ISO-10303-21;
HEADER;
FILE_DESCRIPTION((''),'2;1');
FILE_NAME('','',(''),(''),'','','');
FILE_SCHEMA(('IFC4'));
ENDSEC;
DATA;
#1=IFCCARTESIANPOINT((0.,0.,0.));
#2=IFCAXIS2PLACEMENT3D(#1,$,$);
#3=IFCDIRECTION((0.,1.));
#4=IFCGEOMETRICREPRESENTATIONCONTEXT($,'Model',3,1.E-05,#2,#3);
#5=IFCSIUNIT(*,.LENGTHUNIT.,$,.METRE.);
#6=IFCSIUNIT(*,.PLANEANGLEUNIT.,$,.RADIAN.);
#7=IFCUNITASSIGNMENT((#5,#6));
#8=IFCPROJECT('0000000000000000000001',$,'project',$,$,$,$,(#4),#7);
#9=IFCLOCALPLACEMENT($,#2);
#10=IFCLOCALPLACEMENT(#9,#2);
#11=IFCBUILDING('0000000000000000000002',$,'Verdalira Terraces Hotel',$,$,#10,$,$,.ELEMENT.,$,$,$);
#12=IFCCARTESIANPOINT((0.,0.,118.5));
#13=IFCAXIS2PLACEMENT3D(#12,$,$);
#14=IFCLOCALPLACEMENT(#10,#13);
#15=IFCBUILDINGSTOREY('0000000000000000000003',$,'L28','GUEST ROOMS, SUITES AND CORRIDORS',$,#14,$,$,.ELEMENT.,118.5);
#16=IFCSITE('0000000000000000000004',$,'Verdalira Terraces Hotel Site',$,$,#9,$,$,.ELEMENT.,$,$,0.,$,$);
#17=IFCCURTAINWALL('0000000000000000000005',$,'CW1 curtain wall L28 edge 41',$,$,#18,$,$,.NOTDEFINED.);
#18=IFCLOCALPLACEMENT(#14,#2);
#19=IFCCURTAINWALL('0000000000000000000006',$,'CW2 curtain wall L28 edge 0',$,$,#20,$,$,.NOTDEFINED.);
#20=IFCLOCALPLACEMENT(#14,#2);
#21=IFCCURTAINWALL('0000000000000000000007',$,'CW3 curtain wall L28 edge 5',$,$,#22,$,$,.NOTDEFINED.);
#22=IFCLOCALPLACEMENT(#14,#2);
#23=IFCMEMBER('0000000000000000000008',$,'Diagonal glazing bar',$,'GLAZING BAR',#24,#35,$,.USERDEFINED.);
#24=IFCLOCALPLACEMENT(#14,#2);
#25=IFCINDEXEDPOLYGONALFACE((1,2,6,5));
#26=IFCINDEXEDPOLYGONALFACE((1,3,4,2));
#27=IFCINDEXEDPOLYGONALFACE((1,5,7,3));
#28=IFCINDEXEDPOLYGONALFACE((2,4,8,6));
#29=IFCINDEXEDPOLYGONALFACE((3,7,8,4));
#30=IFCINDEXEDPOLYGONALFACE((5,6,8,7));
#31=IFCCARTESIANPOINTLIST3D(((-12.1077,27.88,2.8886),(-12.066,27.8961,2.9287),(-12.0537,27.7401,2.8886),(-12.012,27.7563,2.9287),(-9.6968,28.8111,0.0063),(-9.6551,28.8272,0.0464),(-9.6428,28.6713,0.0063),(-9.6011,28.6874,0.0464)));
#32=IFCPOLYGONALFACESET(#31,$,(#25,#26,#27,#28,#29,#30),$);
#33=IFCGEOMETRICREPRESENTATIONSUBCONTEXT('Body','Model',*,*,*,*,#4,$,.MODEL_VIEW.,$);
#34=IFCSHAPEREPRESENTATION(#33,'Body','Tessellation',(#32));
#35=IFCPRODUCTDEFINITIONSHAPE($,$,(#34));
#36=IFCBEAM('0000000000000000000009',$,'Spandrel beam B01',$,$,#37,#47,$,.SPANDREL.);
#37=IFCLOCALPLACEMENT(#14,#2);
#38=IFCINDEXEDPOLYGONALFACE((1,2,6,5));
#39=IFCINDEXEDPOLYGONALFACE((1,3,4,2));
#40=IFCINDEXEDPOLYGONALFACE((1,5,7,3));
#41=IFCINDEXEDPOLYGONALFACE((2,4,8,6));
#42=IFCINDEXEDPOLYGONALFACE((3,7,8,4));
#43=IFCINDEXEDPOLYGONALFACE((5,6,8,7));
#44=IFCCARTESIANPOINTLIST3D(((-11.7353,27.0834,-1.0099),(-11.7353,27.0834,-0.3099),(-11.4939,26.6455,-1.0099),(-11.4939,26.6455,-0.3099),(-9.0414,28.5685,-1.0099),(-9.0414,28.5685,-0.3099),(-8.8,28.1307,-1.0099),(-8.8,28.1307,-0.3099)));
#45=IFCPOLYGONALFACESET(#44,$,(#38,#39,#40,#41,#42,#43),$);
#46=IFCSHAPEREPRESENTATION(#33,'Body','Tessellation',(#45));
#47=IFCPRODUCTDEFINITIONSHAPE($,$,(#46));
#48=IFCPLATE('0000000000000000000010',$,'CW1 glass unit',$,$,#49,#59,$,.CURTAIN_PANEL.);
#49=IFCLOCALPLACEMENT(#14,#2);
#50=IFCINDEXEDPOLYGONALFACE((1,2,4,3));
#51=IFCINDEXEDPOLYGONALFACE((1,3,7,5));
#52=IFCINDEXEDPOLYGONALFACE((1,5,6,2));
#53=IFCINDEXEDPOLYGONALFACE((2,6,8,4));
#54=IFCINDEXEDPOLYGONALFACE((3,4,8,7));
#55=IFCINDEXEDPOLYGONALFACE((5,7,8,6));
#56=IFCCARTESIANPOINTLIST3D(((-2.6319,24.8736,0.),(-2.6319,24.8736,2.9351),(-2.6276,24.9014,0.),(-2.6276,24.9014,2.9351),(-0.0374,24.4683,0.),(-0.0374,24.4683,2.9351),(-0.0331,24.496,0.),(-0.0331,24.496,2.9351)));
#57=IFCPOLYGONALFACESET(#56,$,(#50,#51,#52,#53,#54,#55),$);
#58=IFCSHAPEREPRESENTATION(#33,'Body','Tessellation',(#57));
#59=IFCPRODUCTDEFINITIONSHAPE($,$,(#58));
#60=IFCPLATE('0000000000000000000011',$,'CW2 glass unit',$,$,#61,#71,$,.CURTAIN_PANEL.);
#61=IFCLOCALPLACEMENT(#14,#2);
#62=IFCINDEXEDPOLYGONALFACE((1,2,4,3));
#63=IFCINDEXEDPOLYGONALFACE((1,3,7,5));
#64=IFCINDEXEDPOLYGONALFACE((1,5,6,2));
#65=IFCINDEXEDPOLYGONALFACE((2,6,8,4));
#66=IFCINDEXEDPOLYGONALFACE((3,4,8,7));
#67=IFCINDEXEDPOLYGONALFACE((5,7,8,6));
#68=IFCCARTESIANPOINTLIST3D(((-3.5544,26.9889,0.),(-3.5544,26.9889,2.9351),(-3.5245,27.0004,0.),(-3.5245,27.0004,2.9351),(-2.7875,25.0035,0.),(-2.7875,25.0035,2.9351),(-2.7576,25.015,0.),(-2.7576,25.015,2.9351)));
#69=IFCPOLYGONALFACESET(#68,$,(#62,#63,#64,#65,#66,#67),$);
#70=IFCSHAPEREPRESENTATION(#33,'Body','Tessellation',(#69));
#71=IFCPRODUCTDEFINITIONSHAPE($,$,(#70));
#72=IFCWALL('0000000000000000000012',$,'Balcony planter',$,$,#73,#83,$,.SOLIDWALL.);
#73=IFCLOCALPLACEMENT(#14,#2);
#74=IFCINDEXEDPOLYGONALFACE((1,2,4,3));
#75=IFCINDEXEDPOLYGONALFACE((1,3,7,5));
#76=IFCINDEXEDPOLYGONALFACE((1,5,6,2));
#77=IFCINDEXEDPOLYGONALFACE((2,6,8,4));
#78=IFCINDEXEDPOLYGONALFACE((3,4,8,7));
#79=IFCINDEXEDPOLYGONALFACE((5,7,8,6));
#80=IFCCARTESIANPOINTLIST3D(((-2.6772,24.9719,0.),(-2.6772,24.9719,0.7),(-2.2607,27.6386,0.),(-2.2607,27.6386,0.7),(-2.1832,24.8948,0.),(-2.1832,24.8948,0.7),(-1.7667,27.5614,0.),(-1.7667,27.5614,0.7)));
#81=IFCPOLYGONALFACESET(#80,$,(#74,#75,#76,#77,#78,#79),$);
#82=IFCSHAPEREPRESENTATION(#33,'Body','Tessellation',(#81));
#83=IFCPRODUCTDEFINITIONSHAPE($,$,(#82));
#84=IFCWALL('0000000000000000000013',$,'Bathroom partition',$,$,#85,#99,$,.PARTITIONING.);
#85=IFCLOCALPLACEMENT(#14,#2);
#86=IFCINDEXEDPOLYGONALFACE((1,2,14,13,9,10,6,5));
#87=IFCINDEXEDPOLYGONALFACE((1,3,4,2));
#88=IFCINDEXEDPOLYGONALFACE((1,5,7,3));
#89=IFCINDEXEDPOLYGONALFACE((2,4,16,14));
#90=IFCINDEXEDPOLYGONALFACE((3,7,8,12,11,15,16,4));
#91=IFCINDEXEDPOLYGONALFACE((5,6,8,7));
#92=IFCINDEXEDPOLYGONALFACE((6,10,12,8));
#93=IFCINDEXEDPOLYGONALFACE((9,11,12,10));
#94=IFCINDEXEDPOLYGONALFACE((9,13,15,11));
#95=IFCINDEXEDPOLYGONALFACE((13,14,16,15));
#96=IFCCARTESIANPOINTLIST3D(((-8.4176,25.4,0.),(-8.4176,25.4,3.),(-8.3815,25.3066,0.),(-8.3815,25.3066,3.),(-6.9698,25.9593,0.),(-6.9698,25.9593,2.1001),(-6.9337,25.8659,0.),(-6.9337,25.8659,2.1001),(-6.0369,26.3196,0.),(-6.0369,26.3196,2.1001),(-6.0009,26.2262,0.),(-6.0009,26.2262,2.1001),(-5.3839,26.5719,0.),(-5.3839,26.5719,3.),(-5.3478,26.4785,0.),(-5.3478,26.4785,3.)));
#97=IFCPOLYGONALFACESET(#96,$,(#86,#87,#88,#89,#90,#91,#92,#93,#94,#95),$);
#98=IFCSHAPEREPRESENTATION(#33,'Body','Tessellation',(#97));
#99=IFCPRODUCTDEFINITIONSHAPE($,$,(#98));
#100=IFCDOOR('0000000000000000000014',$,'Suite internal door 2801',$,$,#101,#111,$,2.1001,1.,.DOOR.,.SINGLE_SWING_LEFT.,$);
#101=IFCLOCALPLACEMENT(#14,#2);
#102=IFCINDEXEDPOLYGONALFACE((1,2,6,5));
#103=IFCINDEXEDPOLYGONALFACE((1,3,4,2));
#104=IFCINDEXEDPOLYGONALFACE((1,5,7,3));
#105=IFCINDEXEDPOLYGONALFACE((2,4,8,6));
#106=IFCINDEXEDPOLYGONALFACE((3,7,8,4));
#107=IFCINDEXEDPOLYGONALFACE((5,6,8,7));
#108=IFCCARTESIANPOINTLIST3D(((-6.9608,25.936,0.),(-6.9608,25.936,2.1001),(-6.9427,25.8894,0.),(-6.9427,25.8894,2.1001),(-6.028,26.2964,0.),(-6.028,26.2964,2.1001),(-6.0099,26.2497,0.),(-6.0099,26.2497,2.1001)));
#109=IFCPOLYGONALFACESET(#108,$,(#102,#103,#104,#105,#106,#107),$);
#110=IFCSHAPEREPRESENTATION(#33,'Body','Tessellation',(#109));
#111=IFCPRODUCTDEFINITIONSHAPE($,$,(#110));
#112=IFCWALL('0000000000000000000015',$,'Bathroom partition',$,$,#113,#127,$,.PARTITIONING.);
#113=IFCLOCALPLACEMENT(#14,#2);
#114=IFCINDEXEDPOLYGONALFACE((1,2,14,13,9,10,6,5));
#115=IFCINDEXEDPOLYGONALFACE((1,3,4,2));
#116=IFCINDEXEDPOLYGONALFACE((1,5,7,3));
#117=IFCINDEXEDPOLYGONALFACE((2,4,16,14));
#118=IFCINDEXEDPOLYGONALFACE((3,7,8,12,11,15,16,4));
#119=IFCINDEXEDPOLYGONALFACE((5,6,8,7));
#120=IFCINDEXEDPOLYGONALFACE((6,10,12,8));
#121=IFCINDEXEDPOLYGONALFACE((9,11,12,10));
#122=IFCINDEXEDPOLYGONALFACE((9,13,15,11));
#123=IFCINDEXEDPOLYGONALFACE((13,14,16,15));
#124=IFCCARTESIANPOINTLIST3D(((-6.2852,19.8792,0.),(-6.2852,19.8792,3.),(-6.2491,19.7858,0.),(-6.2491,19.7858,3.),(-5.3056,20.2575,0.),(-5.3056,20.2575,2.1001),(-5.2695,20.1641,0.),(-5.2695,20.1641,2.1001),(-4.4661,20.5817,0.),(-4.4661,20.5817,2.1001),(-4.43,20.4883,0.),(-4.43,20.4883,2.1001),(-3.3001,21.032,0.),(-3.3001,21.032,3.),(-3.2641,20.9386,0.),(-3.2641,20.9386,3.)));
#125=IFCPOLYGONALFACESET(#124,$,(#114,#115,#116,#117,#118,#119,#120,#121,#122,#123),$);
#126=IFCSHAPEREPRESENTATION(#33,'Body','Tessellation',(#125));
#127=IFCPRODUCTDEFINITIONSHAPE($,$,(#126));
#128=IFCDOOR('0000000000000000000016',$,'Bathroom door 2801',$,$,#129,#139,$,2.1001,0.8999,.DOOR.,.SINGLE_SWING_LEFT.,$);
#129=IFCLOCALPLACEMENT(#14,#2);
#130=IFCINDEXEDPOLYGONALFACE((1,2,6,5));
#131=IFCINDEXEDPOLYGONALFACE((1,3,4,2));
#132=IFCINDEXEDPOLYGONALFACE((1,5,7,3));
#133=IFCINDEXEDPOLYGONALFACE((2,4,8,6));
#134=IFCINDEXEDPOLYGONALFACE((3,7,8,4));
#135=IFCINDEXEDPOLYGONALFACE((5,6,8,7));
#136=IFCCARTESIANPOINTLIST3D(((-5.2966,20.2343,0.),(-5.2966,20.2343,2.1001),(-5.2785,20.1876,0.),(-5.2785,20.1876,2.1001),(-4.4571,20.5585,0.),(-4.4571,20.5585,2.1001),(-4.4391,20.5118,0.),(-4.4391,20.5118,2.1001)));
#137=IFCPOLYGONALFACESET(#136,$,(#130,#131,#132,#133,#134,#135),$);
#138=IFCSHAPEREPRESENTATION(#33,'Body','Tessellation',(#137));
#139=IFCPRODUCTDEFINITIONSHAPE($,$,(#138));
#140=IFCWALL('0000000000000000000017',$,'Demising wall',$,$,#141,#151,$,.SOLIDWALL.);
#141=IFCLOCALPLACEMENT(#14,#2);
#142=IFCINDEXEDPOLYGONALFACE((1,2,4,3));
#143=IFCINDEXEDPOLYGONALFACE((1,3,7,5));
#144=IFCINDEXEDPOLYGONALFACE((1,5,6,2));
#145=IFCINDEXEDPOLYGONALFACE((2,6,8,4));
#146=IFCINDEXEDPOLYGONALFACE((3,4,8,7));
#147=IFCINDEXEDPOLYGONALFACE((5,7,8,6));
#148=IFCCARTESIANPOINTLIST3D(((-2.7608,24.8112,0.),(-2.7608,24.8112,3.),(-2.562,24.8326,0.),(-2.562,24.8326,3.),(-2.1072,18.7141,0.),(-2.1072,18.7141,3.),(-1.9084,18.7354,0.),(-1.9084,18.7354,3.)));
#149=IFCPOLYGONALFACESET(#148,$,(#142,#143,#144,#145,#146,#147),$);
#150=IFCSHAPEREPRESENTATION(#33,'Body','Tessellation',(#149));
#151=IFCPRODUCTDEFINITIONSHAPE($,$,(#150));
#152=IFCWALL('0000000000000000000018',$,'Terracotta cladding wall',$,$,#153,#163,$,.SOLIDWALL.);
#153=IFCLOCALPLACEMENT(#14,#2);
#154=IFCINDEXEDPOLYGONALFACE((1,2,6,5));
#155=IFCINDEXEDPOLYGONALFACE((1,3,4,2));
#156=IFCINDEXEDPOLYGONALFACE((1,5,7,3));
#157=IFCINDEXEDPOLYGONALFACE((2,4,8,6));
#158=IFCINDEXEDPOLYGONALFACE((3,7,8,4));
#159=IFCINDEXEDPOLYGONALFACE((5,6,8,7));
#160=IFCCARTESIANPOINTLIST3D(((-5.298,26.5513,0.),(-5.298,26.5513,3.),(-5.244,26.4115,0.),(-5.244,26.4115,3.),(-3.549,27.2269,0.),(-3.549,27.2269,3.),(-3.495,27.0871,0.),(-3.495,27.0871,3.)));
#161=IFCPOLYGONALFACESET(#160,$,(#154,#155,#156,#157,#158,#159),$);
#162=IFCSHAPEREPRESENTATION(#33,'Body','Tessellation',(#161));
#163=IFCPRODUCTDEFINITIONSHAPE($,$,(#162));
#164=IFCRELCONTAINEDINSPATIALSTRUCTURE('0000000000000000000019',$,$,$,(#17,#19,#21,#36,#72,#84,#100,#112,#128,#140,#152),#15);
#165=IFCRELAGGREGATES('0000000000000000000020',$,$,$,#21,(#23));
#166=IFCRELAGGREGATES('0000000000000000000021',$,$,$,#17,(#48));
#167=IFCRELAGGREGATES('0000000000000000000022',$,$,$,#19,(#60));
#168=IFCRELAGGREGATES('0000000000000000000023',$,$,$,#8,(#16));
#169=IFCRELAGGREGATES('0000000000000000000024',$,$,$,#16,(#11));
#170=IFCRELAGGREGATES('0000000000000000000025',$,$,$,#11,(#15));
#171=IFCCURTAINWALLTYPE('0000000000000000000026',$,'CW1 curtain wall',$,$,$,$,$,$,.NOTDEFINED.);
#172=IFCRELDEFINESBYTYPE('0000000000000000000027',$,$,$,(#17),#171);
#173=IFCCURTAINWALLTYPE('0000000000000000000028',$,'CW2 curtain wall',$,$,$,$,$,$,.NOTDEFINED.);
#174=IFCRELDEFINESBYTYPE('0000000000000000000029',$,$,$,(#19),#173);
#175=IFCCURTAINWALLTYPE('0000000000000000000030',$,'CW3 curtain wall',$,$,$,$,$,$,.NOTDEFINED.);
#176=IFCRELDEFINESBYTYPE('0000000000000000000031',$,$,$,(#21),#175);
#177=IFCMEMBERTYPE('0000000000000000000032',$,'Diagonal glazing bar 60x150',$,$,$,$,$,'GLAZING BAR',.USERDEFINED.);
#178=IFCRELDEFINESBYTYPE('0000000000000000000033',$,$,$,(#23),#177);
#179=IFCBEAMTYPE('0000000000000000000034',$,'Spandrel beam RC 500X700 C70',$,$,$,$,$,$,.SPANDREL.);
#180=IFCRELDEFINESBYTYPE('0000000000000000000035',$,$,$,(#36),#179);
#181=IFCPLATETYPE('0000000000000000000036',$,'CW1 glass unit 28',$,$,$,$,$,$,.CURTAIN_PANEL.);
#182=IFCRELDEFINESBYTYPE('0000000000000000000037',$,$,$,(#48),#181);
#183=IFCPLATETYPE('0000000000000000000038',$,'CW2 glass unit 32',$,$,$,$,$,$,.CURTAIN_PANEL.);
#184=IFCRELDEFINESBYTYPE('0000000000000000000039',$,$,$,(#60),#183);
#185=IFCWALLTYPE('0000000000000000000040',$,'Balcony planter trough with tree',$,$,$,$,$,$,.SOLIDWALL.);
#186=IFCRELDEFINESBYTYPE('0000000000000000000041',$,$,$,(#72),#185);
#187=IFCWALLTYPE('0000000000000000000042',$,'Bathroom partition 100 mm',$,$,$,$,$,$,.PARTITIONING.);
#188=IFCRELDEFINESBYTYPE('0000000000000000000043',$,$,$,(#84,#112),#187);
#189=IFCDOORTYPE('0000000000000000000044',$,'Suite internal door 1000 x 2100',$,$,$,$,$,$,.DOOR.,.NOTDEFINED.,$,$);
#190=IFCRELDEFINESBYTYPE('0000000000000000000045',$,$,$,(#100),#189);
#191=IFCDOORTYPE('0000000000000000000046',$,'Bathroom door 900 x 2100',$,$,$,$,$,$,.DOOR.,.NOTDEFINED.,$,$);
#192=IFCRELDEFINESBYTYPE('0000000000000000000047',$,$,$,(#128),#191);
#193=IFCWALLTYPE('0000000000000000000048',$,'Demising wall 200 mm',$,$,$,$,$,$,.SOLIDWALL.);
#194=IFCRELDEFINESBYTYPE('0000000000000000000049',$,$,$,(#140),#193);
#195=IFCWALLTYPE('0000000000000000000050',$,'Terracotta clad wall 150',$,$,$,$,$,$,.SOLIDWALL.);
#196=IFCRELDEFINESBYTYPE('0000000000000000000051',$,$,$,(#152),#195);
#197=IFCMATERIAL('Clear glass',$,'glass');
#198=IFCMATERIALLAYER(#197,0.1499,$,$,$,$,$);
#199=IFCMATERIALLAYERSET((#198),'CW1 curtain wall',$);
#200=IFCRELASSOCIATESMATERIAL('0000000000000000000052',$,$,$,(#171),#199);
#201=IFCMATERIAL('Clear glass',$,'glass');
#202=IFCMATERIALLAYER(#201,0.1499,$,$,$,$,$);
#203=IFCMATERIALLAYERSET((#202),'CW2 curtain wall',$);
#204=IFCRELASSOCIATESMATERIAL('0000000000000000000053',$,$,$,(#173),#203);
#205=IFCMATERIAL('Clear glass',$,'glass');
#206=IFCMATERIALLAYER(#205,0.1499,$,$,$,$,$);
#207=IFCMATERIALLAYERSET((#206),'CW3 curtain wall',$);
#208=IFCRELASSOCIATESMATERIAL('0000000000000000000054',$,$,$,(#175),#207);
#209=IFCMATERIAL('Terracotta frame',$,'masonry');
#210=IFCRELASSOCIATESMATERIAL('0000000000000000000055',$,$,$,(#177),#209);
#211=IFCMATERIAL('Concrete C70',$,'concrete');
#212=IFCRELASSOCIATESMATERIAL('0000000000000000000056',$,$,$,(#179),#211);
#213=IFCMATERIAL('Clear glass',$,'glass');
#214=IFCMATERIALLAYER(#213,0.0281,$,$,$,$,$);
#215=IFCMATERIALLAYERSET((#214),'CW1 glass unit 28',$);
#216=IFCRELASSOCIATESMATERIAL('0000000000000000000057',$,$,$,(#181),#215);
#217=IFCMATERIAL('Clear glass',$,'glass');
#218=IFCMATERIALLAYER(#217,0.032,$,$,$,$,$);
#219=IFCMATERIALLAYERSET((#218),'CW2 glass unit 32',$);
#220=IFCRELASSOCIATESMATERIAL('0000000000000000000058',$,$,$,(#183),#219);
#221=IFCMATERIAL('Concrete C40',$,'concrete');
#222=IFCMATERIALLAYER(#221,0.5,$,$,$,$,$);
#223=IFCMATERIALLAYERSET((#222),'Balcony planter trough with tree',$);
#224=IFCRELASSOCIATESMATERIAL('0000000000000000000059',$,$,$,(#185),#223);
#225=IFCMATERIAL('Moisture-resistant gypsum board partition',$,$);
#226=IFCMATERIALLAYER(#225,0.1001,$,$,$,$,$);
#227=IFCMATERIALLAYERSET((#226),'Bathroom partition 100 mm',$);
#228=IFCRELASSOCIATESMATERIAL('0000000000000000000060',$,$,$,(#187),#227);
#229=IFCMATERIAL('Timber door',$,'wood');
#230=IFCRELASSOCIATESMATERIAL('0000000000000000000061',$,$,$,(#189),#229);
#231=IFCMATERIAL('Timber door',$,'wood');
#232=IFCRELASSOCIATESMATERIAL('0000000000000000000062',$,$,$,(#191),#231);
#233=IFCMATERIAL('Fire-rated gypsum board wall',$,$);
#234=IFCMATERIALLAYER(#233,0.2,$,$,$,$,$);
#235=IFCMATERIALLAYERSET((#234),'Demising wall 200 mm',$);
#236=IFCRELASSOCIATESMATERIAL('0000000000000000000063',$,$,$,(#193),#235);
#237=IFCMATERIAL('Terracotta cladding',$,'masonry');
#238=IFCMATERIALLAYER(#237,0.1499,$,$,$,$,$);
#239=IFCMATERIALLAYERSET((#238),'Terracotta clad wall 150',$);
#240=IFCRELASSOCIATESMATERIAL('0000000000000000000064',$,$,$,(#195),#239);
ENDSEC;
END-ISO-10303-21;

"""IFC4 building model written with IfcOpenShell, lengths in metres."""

from ifc_helpers import new_model, si_unit, direction, frame, frame_2d, origin, origin_2d, place, context, subcontext, project, spatial, rectangle, extrude, material, layer, layer_set, material_profile, profile_set, type_object, element, fill, aggregate, save


model = new_model("IFC4")

# Units and contexts
model_context = context("Model", 3, precision=1e-05, world=origin(), true_north=direction((0.0, 1.0)))
body_context = subcontext(model_context, "Body", "Model", "MODEL_VIEW")
ifc_project = project(units=[si_unit("LENGTHUNIT", "METRE"), si_unit("PLANEANGLEUNIT", "RADIAN")], contexts=[model_context])

# Site, building, storey
site_placement = place(None, origin())
site = spatial("IfcSite", under=ifc_project, at=site_placement, Name="Verdalira Terraces Hotel Site", CompositionType="ELEMENT", RefElevation=0.0)
building_placement = place(site_placement, origin())
building = spatial("IfcBuilding", under=site, at=building_placement, Name="Verdalira Terraces Hotel", CompositionType="ELEMENT")
storey_placement = place(building_placement, frame((0.0, 0.0, 118.5)))
storey = spatial("IfcBuildingStorey", under=building, at=storey_placement, Name="L28", Description="GUEST ROOMS, SUITES AND CORRIDORS", CompositionType="ELEMENT", Elevation=118.5)

# Curtain wall
ifc_material_1 = material(Name="Clear glass", Category="glass")
ifc_layer_1 = layer(ifc_material_1, 0.1499)
ifc_layer_set_1 = layer_set([ifc_layer_1], Name="CW1 curtain wall")
curtain_wall_type_1 = type_object("IfcCurtainWallType", Name="CW1 curtain wall", PredefinedType="NOTDEFINED", material=ifc_layer_set_1)
curtain_wall_1_placement = place(storey_placement, origin())
curtain_wall_1 = element("IfcCurtainWall", 1, at=curtain_wall_1_placement, inside=storey, type_object=curtain_wall_type_1, Name="CW1 curtain wall L28 edge 41", PredefinedType="NOTDEFINED")

# Curtain walls, member
ifc_material_2 = material(Name="Clear glass", Category="glass")
ifc_layer_2 = layer(ifc_material_2, 0.1499)
ifc_layer_set_2 = layer_set([ifc_layer_2], Name="CW2 curtain wall")
curtain_wall_type_2 = type_object("IfcCurtainWallType", Name="CW2 curtain wall", PredefinedType="NOTDEFINED", material=ifc_layer_set_2)
curtain_wall_2_placement = place(storey_placement, origin())
curtain_wall_2 = element("IfcCurtainWall", 2, at=curtain_wall_2_placement, inside=storey, type_object=curtain_wall_type_2, Name="CW2 curtain wall L28 edge 0", PredefinedType="NOTDEFINED")
ifc_material_3 = material(Name="Clear glass", Category="glass")
ifc_layer_3 = layer(ifc_material_3, 0.1499)
ifc_layer_set_3 = layer_set([ifc_layer_3], Name="CW3 curtain wall")
curtain_wall_type_3 = type_object("IfcCurtainWallType", Name="CW3 curtain wall", PredefinedType="NOTDEFINED", material=ifc_layer_set_3)
curtain_wall_3_placement = place(storey_placement, origin())
curtain_wall_3 = element("IfcCurtainWall", 3, at=curtain_wall_3_placement, inside=storey, type_object=curtain_wall_type_3, Name="CW3 curtain wall L28 edge 5", PredefinedType="NOTDEFINED")
ifc_material_4 = material(Name="Terracotta frame", Category="masonry")
ifc_material_profile_1 = material_profile(ifc_material_4, rectangle(XDim=0.1499, YDim=0.0601, at=origin_2d()), Name="GB 60x150")
ifc_profile_set_1 = profile_set([ifc_material_profile_1], Name="Terracotta frame")
member_type_1 = type_object("IfcMemberType", Name="Diagonal glazing bar 60x150", ElementType="GLAZING BAR", PredefinedType="USERDEFINED", material=ifc_profile_set_1)
member_1_placement = place(storey_placement, frame((-9.6489, 28.7493, 0.0264), z_axis=(-0.622754, -0.240525, 0.74453), x_axis=(0.360289, -0.932841, 0.0)))
member_1 = element("IfcMember", 4, at=member_1_placement, type_object=member_type_1, Name="Diagonal glazing bar", ObjectType="GLAZING BAR", PredefinedType="USERDEFINED", context=body_context, shape_type="SweptSolid", body=[
    extrude(rectangle(XDim=0.1499, YDim=0.0601, at=origin_2d()), origin(), (0.0, 0.0, 1.0), 3.8713),
])
aggregate(curtain_wall_3, [member_1])

# Beam
ifc_material_5 = material(Name="Concrete C70", Category="concrete")
ifc_material_profile_2 = material_profile(ifc_material_5, rectangle(XDim=0.5, YDim=0.7, at=origin_2d()), Name="RC 500X700")
ifc_profile_set_2 = profile_set([ifc_material_profile_2], Name="Concrete C70")
beam_type_1 = type_object("IfcBeamType", Name="Spandrel beam RC 500X700 C70", PredefinedType="SPANDREL", material=ifc_profile_set_2)
beam_1_placement = place(storey_placement, frame((-8.9207, 28.3496, -0.6599), z_axis=(-0.875736, -0.48279, 0.0), x_axis=(0.48279, -0.875736, 0.0)))
element("IfcBeam", 5, at=beam_1_placement, inside=storey, type_object=beam_type_1, Name="Spandrel beam B01", PredefinedType="SPANDREL", context=body_context, shape_type="SweptSolid", body=[
    extrude(rectangle(XDim=0.5, YDim=0.7, at=origin_2d()), origin(), (0.0, 0.0, 1.0), 3.0762),
])

# Plates
ifc_material_6 = material(Name="Clear glass", Category="glass")
ifc_layer_4 = layer(ifc_material_6, 0.0281)
ifc_layer_set_4 = layer_set([ifc_layer_4], Name="CW1 glass unit 28")
plate_type_1 = type_object("IfcPlateType", Name="CW1 glass unit 28", PredefinedType="CURTAIN_PANEL", material=ifc_layer_set_4)
plate_1_placement = place(storey_placement, frame((-1.3325, 24.6848, 0.0), z_axis=(0.0, 0.0, 1.0), x_axis=(-0.988014, 0.154366, 0.0)))
plate_1 = element("IfcPlate", 6, at=plate_1_placement, type_object=plate_type_1, Name="CW1 glass unit", PredefinedType="CURTAIN_PANEL", context=body_context, shape_type="SweptSolid", body=[
    extrude(rectangle(XDim=2.626, YDim=0.0281, at=origin_2d()), origin(), (0.0, 0.0, 1.0), 2.9351),
])
aggregate(curtain_wall_1, [plate_1])
ifc_material_7 = material(Name="Clear glass", Category="glass")
ifc_layer_5 = layer(ifc_material_7, 0.032)
ifc_layer_set_5 = layer_set([ifc_layer_5], Name="CW2 glass unit 32")
plate_type_2 = type_object("IfcPlateType", Name="CW2 glass unit 32", PredefinedType="CURTAIN_PANEL", material=ifc_layer_set_5)
plate_2_placement = place(storey_placement, frame((-3.156, 26.002, 0.0), z_axis=(0.0, 0.0, 1.0), x_axis=(-0.360322, 0.932828, 0.0)))
plate_2 = element("IfcPlate", 7, at=plate_2_placement, type_object=plate_type_2, Name="CW2 glass unit", PredefinedType="CURTAIN_PANEL", context=body_context, shape_type="SweptSolid", body=[
    extrude(rectangle(XDim=2.1284, YDim=0.032, at=origin_2d()), origin(), (0.0, 0.0, 1.0), 2.9351),
])
aggregate(curtain_wall_2, [plate_2])

# Wall
ifc_material_8 = material(Name="Concrete C40", Category="concrete")
ifc_layer_6 = layer(ifc_material_8, 0.5)
ifc_layer_set_6 = layer_set([ifc_layer_6], Name="Balcony planter trough with tree")
wall_type_1 = type_object("IfcWallType", Name="Balcony planter trough with tree", PredefinedType="SOLIDWALL", material=ifc_layer_set_6)
wall_1_placement = place(storey_placement, frame((-2.0137, 27.6001, 0.0), z_axis=(0.0, 0.0, 1.0), x_axis=(-0.154313, -0.988022, 0.0)))
element("IfcWall", 8, at=wall_1_placement, inside=storey, type_object=wall_type_1, Name="Balcony planter", PredefinedType="SOLIDWALL", context=body_context, shape_type="SweptSolid", body=[
    extrude(rectangle(XDim=2.699, YDim=0.5, at=frame_2d((1.3496, 0.0))), origin(), (0.0, 0.0, 1.0), 0.7),
])

# Walls, openings, doors
ifc_material_9 = material(Name="Moisture-resistant gypsum board partition")
ifc_layer_7 = layer(ifc_material_9, 0.1001)
ifc_layer_set_7 = layer_set([ifc_layer_7], Name="Bathroom partition 100 mm")
wall_type_2 = type_object("IfcWallType", Name="Bathroom partition 100 mm", PredefinedType="PARTITIONING", material=ifc_layer_set_7)
wall_2_placement = place(storey_placement, frame((-5.366, 26.5251, 0.0), z_axis=(0.0, 0.0, 1.0), x_axis=(-0.932822, -0.360337, 0.0)))
wall_2 = element("IfcWall", 9, at=wall_2_placement, inside=storey, type_object=wall_type_2, Name="Bathroom partition", PredefinedType="PARTITIONING", context=body_context, shape_type="SweptSolid", body=[
    extrude(rectangle(XDim=3.2522, YDim=0.1001, at=frame_2d((1.626, 0.0))), origin(), (0.0, 0.0, 1.0), 3.0),
])
opening_1_placement = place(wall_2_placement, frame((0.7, 0.0, 0.0)))
opening_1 = element("IfcOpeningElement", 10, at=opening_1_placement, cuts=wall_2, PredefinedType="OPENING", context=body_context, shape_type="SweptSolid", body=[
    extrude(rectangle(XDim=1.0, YDim=2.1001, at=frame_2d((0.5, 1.05))), frame((0.0, 0.0601, 0.0), z_axis=(0.0, -1.0, 0.0), x_axis=(1.0, 0.0, 0.0)), (0.0, 0.0, 1.0), 0.1201),
])
ifc_material_10 = material(Name="Timber door", Category="wood")
door_type_1 = type_object("IfcDoorType", Name="Suite internal door 1000 x 2100", OperationType="NOTDEFINED", PredefinedType="DOOR", material=ifc_material_10)
door_1_placement = place(opening_1_placement, origin())
door_1 = element("IfcDoor", 11, at=door_1_placement, inside=storey, type_object=door_type_1, Name="Suite internal door 2801", OperationType="SINGLE_SWING_LEFT", OverallHeight=2.1001, OverallWidth=1.0, PredefinedType="DOOR", context=body_context, shape_type="SweptSolid", body=[
    extrude(rectangle(XDim=1.0, YDim=2.1001, at=frame_2d((0.5, 1.05))), frame((0.0, 0.0249, 0.0), z_axis=(0.0, -1.0, 0.0), x_axis=(1.0, 0.0, 0.0)), (0.0, 0.0, 1.0), 0.05),
])
fill(opening_1, door_1)
wall_3_placement = place(storey_placement, frame((-3.282, 20.9854, 0.0), z_axis=(0.0, 0.0, 1.0), x_axis=(-0.932851, -0.360262, 0.0)))
wall_3 = element("IfcWall", 12, at=wall_3_placement, inside=storey, type_object=wall_type_2, Name="Bathroom partition", PredefinedType="PARTITIONING", context=body_context, shape_type="SweptSolid", body=[
    extrude(rectangle(XDim=3.2, YDim=0.1001, at=frame_2d((1.6001, 0.0))), origin(), (0.0, 0.0, 1.0), 3.0),
])
opening_2_placement = place(wall_3_placement, frame((1.25, 0.0, 0.0)))
opening_2 = element("IfcOpeningElement", 13, at=opening_2_placement, cuts=wall_3, PredefinedType="OPENING", context=body_context, shape_type="SweptSolid", body=[
    extrude(rectangle(XDim=0.8999, YDim=2.1001, at=frame_2d((0.45, 1.05))), frame((0.0, 0.0601, 0.0), z_axis=(0.0, -1.0, 0.0), x_axis=(1.0, 0.0, 0.0)), (0.0, 0.0, 1.0), 0.1201),
])
ifc_material_11 = material(Name="Timber door", Category="wood")
door_type_2 = type_object("IfcDoorType", Name="Bathroom door 900 x 2100", OperationType="NOTDEFINED", PredefinedType="DOOR", material=ifc_material_11)
door_2_placement = place(opening_2_placement, origin())
door_2 = element("IfcDoor", 14, at=door_2_placement, inside=storey, type_object=door_type_2, Name="Bathroom door 2801", OperationType="SINGLE_SWING_LEFT", OverallHeight=2.1001, OverallWidth=0.8999, PredefinedType="DOOR", context=body_context, shape_type="SweptSolid", body=[
    extrude(rectangle(XDim=0.8999, YDim=2.1001, at=frame_2d((0.45, 1.05))), frame((0.0, 0.0249, 0.0), z_axis=(0.0, -1.0, 0.0), x_axis=(1.0, 0.0, 0.0)), (0.0, 0.0, 1.0), 0.05),
])
fill(opening_2, door_2)

# Walls
ifc_material_12 = material(Name="Fire-rated gypsum board wall")
ifc_layer_8 = layer(ifc_material_12, 0.2)
ifc_layer_set_8 = layer_set([ifc_layer_8], Name="Demising wall 200 mm")
wall_type_3 = type_object("IfcWallType", Name="Demising wall 200 mm", PredefinedType="SOLIDWALL", material=ifc_layer_set_8)
wall_4_placement = place(storey_placement, frame((-2.6614, 24.8218, 0.0), z_axis=(0.0, 0.0, 1.0), x_axis=(0.106581, -0.994304, 0.0)))
element("IfcWall", 15, at=wall_4_placement, inside=storey, type_object=wall_type_3, Name="Demising wall", PredefinedType="SOLIDWALL", context=body_context, shape_type="SweptSolid", body=[
    extrude(rectangle(XDim=6.1321, YDim=0.2, at=frame_2d((3.0659, 0.0))), origin(), (0.0, 0.0, 1.0), 3.0),
])
ifc_material_13 = material(Name="Terracotta cladding", Category="masonry")
ifc_layer_9 = layer(ifc_material_13, 0.1499)
ifc_layer_set_9 = layer_set([ifc_layer_9], Name="Terracotta clad wall 150")
wall_type_4 = type_object("IfcWallType", Name="Terracotta clad wall 150", PredefinedType="SOLIDWALL", material=ifc_layer_set_9)
wall_5_placement = place(storey_placement, frame((-3.522, 27.157, 0.0), z_axis=(0.0, 0.0, 1.0), x_axis=(-0.932838, -0.360296, 0.0)))
element("IfcWall", 16, at=wall_5_placement, inside=storey, type_object=wall_type_4, Name="Terracotta cladding wall", PredefinedType="SOLIDWALL", context=body_context, shape_type="SweptSolid", body=[
    extrude(rectangle(XDim=1.875, YDim=0.1499, at=frame_2d((0.9375, 0.0))), origin(), (0.0, 0.0, 1.0), 3.0),
])

save(model, "model.ifc")
